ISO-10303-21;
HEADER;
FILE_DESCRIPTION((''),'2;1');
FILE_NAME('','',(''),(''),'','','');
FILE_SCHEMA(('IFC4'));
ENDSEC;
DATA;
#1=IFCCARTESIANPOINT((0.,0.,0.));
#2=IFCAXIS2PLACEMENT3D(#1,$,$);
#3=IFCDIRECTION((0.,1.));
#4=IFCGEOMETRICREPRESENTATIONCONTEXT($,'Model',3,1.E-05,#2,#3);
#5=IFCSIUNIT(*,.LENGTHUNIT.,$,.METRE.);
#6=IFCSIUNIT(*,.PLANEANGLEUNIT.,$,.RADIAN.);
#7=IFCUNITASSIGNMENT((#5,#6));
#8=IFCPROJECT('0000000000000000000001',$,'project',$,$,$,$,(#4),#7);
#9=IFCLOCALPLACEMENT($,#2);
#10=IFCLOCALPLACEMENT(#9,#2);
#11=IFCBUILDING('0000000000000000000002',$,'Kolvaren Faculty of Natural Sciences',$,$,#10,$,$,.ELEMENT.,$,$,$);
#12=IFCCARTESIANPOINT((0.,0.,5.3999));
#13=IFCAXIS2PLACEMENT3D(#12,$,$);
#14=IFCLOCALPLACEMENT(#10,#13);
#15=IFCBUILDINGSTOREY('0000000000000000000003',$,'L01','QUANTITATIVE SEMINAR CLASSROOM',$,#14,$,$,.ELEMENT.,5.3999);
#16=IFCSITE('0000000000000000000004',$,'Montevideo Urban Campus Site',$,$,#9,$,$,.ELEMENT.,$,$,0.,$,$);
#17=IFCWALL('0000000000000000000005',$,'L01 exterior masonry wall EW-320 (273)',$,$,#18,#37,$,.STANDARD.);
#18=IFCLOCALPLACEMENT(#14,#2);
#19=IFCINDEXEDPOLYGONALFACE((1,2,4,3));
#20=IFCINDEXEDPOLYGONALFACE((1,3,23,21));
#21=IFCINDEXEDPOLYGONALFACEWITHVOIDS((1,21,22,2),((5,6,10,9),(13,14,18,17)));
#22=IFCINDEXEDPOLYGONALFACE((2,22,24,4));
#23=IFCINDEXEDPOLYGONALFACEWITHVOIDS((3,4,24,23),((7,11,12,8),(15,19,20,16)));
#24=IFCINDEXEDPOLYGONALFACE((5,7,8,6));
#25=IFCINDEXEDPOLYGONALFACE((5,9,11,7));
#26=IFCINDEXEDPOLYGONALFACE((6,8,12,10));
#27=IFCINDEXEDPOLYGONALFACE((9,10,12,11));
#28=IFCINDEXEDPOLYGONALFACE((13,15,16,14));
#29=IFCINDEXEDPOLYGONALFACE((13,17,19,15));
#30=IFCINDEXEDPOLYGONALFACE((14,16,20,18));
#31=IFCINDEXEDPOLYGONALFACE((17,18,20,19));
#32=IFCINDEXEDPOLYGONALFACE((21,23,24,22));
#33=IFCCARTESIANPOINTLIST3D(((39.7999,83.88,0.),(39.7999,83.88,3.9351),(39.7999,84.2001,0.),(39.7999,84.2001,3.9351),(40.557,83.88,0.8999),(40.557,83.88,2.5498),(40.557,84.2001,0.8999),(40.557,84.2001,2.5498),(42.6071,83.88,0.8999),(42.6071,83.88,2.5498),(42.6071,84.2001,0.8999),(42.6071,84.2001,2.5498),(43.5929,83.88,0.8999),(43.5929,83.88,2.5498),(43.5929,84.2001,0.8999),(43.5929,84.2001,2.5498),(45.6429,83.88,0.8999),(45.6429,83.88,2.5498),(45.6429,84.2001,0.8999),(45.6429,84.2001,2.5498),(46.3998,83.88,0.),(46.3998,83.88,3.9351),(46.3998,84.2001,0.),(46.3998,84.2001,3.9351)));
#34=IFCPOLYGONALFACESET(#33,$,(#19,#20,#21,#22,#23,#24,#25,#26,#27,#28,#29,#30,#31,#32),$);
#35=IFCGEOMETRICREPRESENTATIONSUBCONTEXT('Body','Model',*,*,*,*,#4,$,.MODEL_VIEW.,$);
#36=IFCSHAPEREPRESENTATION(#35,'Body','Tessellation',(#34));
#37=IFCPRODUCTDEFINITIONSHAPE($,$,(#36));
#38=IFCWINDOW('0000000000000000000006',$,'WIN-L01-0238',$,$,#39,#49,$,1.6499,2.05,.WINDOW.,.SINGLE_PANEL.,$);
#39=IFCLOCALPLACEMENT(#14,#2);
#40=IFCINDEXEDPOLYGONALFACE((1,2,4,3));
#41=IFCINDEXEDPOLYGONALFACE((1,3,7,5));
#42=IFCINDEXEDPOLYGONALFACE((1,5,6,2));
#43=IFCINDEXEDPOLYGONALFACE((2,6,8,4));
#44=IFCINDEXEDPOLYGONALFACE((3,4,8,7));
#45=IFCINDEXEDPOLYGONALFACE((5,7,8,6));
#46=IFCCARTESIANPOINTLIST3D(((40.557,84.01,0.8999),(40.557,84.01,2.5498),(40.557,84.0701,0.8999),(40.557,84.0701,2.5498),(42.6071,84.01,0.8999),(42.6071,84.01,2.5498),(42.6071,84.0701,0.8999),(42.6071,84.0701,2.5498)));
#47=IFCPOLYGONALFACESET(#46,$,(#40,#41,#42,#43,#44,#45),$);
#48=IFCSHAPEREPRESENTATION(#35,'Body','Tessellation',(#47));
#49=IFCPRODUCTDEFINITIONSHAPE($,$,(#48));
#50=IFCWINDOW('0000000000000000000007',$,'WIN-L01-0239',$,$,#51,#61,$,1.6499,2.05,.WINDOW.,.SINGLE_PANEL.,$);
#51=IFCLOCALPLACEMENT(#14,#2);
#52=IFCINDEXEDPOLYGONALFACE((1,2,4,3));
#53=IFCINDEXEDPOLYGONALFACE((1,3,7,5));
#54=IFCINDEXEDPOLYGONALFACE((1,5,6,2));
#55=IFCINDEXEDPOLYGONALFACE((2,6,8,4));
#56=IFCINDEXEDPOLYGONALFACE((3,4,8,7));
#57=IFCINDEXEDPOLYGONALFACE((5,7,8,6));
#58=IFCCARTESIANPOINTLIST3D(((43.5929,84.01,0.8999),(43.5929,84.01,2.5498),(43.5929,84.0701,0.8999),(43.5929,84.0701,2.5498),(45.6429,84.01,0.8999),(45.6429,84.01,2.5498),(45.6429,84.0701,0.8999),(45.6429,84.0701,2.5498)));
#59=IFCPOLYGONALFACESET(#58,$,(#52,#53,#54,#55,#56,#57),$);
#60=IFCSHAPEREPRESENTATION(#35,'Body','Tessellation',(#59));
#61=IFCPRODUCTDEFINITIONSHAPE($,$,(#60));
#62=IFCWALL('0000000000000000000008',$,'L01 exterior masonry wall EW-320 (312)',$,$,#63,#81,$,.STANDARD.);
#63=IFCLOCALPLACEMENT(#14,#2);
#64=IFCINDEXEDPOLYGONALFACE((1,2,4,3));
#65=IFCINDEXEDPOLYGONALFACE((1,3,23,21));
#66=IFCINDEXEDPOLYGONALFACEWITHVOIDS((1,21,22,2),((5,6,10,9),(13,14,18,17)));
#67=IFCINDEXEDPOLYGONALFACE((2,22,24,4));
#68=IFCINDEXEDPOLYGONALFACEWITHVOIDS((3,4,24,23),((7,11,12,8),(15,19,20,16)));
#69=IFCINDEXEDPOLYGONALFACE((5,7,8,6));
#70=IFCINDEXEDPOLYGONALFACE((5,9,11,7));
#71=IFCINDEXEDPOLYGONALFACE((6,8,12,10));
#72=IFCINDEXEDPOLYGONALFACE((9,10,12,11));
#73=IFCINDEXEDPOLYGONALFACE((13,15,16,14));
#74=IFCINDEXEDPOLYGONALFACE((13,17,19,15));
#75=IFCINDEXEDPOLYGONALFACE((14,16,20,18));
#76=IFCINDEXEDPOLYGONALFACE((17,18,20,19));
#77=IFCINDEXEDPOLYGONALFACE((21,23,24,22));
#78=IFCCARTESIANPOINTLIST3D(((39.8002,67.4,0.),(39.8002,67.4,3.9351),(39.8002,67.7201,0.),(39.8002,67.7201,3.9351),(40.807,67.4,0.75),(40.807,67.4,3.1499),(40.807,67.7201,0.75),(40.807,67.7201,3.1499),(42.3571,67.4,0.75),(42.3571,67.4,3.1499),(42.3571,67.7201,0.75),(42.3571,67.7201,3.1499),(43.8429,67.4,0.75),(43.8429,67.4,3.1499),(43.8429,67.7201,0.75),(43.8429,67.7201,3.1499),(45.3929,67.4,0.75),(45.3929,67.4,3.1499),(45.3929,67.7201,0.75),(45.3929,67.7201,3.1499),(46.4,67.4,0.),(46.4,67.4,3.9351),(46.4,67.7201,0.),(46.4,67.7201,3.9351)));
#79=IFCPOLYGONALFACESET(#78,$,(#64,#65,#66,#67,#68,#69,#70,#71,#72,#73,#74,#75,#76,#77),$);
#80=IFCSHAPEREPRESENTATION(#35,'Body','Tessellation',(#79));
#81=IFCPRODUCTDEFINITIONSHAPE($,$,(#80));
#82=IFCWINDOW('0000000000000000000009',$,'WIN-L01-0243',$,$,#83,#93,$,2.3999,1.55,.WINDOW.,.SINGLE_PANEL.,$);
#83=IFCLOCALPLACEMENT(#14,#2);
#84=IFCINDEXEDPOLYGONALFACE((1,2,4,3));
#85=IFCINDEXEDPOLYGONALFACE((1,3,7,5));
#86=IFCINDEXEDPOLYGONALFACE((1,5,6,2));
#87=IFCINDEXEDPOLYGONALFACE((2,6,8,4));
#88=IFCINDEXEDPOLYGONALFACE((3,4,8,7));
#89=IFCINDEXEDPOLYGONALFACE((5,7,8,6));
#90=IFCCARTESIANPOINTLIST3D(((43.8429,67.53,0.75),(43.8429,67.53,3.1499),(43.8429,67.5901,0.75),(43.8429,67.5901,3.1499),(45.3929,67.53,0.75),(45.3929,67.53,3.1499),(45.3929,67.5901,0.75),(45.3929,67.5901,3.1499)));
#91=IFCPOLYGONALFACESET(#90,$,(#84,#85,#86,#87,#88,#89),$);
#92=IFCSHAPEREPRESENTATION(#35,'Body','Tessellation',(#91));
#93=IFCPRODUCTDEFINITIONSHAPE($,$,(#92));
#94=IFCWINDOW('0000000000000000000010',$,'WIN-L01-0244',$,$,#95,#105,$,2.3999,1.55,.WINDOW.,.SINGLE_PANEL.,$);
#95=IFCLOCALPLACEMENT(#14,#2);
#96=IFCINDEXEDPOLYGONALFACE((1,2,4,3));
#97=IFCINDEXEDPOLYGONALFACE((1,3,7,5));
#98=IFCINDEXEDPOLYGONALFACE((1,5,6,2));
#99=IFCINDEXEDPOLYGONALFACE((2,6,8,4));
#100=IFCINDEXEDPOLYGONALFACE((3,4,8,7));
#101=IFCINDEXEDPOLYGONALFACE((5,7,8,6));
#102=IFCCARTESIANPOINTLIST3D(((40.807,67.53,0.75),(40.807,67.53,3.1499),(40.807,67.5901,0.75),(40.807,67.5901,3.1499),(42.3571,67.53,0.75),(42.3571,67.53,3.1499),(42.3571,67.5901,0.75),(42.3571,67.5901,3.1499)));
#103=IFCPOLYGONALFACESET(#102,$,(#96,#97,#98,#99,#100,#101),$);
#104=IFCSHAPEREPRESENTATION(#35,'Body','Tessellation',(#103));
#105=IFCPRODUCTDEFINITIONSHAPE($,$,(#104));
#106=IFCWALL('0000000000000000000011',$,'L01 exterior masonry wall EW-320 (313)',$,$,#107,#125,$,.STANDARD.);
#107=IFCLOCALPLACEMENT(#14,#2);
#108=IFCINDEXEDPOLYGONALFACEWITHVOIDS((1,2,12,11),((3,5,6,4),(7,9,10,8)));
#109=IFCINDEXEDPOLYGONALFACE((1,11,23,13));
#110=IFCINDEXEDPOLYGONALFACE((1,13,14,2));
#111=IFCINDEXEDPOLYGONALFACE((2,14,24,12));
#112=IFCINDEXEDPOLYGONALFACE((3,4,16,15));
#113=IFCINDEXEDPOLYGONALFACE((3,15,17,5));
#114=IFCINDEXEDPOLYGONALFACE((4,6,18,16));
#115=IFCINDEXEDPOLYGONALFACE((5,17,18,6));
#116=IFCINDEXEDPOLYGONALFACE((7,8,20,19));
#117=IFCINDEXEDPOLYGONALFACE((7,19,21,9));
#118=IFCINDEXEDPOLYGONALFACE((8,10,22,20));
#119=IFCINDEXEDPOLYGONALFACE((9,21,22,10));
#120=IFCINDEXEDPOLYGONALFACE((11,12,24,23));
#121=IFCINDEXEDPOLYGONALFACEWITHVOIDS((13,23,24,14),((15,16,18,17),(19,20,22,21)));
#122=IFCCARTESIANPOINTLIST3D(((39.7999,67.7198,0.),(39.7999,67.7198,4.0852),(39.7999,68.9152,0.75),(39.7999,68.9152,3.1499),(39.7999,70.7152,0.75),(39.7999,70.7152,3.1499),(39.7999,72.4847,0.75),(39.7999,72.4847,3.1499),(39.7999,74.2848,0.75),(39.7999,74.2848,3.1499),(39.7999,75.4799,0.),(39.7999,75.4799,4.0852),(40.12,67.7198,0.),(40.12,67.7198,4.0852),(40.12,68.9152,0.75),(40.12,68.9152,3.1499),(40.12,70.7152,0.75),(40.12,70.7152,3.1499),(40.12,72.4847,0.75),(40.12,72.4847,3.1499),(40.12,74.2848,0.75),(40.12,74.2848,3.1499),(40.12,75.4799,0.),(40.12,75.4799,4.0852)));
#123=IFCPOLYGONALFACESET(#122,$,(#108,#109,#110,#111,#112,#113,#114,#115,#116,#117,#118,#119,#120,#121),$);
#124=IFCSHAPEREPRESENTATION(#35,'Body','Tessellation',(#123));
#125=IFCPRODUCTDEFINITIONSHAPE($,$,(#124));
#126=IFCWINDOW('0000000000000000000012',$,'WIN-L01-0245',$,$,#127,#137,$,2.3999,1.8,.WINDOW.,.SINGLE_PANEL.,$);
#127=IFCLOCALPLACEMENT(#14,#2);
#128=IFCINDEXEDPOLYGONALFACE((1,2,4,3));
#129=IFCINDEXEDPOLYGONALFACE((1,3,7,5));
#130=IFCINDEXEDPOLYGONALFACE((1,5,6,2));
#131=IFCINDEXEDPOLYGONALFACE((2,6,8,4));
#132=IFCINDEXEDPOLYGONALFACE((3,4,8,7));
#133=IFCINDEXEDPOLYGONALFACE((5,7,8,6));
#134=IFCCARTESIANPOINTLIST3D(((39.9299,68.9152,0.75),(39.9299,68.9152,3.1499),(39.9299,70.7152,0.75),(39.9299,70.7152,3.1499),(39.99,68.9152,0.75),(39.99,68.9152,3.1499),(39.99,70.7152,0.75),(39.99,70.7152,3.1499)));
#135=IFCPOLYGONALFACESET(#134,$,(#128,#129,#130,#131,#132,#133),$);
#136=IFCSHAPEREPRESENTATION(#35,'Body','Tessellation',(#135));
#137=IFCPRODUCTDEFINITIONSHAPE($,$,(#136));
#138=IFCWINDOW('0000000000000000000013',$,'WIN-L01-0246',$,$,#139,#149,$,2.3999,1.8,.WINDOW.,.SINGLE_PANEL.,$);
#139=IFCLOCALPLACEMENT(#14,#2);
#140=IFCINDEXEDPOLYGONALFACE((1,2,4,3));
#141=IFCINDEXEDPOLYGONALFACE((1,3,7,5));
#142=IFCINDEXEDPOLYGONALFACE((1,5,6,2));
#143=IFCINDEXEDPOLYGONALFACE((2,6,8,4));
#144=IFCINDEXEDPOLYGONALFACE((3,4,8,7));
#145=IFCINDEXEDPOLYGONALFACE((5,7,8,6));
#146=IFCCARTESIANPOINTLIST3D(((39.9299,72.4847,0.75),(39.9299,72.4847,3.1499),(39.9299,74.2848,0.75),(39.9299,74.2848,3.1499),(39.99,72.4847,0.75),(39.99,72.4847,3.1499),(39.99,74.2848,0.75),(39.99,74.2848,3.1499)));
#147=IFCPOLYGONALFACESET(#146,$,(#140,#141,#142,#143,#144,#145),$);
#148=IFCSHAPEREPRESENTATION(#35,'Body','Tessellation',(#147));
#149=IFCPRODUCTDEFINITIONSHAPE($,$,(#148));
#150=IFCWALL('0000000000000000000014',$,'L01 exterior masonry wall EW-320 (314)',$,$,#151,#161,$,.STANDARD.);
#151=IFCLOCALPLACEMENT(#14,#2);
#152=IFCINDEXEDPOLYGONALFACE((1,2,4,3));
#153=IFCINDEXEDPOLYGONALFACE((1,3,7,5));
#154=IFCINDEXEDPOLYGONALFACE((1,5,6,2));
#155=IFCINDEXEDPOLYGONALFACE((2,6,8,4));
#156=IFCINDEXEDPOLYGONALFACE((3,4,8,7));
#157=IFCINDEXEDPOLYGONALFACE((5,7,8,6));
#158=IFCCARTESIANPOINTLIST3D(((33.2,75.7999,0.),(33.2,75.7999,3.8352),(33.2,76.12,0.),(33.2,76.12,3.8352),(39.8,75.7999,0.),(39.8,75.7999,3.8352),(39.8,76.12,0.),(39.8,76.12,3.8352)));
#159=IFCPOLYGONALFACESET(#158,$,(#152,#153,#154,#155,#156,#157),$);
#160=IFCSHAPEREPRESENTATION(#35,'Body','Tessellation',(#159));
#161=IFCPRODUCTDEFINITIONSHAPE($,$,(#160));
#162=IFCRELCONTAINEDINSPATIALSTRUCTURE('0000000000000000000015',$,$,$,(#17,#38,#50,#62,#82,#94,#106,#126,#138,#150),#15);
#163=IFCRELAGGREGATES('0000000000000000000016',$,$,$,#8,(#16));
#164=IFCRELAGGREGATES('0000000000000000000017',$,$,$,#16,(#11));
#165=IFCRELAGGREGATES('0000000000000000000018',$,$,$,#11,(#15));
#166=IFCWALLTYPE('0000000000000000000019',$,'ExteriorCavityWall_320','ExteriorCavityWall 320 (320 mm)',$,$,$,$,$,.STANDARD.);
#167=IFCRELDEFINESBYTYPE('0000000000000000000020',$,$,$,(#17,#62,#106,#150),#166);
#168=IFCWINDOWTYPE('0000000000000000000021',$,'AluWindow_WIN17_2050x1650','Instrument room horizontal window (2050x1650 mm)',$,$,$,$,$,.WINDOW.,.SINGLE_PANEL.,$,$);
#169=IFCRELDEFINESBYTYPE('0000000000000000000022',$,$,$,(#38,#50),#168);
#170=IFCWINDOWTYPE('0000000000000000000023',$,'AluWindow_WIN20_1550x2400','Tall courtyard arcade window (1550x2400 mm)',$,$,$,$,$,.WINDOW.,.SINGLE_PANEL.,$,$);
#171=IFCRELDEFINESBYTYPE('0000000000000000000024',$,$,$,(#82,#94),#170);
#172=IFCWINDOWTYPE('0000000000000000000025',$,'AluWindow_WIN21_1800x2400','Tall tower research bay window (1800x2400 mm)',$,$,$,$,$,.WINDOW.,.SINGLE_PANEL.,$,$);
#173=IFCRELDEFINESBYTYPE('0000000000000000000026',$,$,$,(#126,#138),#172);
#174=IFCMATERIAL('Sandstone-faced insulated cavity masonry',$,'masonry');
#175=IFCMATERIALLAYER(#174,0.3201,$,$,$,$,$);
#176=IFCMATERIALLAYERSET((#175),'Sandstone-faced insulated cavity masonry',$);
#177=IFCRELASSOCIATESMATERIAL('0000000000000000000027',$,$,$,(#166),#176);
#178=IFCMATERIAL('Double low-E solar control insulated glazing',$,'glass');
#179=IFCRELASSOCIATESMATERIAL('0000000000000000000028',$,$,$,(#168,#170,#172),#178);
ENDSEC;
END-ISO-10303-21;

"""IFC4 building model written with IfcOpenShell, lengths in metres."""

from ifc_helpers import new_model, si_unit, direction, frame, frame_2d, origin, place, context, subcontext, project, spatial, rectangle, extrude, material, layer, layer_set, type_object, element, fill, save


model = new_model("IFC4")

# Units and contexts
model_context = context("Model", 3, precision=1e-05, world=origin(), true_north=direction((0.0, 1.0)))
body_context = subcontext(model_context, "Body", "Model", "MODEL_VIEW")
ifc_project = project(units=[si_unit("LENGTHUNIT", "METRE"), si_unit("PLANEANGLEUNIT", "RADIAN")], contexts=[model_context])

# Site, building, storey
site_placement = place(None, origin())
site = spatial("IfcSite", under=ifc_project, at=site_placement, Name="Montevideo Urban Campus Site", CompositionType="ELEMENT", RefElevation=0.0)
building_placement = place(site_placement, origin())
building = spatial("IfcBuilding", under=site, at=building_placement, Name="Kolvaren Faculty of Natural Sciences", CompositionType="ELEMENT")
storey_placement = place(building_placement, frame((0.0, 0.0, 5.3999)))
storey = spatial("IfcBuildingStorey", under=building, at=storey_placement, Name="L01", Description="QUANTITATIVE SEMINAR CLASSROOM", CompositionType="ELEMENT", Elevation=5.3999)

# Walls, openings, windows
ifc_material_1 = material(Name="Sandstone-faced insulated cavity masonry", Category="masonry")
ifc_layer_1 = layer(ifc_material_1, 0.3201)
ifc_layer_set_1 = layer_set([ifc_layer_1], Name="Sandstone-faced insulated cavity masonry")
wall_type_1 = type_object("IfcWallType", Name="ExteriorCavityWall_320", Description="ExteriorCavityWall 320 (320 mm)", PredefinedType="STANDARD", material=ifc_layer_set_1)
wall_1_placement = place(storey_placement, frame((39.8, 84.04, 0.0), z_axis=(0.0, 0.0, 1.0), x_axis=(1.0, 0.0, 0.0)))
wall_1 = element("IfcWall", 1, at=wall_1_placement, inside=storey, type_object=wall_type_1, Name="L01 exterior masonry wall EW-320 (273)", PredefinedType="STANDARD", context=body_context, shape_type="SweptSolid", body=[
    extrude(rectangle(XDim=6.5999, YDim=0.3201, at=frame_2d((3.2998, 0.0))), origin(), (0.0, 0.0, 1.0), 3.9351),
])
opening_1_placement = place(wall_1_placement, frame((0.7571, 0.0, 0.8999)))
opening_1 = element("IfcOpeningElement", 2, at=opening_1_placement, cuts=wall_1, PredefinedType="OPENING", context=body_context, shape_type="SweptSolid", body=[
    extrude(rectangle(XDim=2.05, YDim=1.6499, at=frame_2d((1.0249, 0.825))), frame((0.0, 0.1699, 0.0), z_axis=(0.0, -1.0, 0.0), x_axis=(1.0, 0.0, 0.0)), (0.0, 0.0, 1.0), 0.3401),
])
opening_2_placement = place(wall_1_placement, frame((3.793, 0.0, 0.8999)))
opening_2 = element("IfcOpeningElement", 3, at=opening_2_placement, cuts=wall_1, PredefinedType="OPENING", context=body_context, shape_type="SweptSolid", body=[
    extrude(rectangle(XDim=2.05, YDim=1.6499, at=frame_2d((1.0249, 0.825))), frame((0.0, 0.1699, 0.0), z_axis=(0.0, -1.0, 0.0), x_axis=(1.0, 0.0, 0.0)), (0.0, 0.0, 1.0), 0.3401),
])
ifc_material_2 = material(Name="Double low-E solar control insulated glazing", Category="glass")
window_type_1 = type_object("IfcWindowType", Name="AluWindow_WIN17_2050x1650", Description="Instrument room horizontal window (2050x1650 mm)", PartitioningType="SINGLE_PANEL", PredefinedType="WINDOW", material=ifc_material_2)
window_1_placement = place(opening_1_placement, origin())
window_1 = element("IfcWindow", 4, at=window_1_placement, inside=storey, type_object=window_type_1, Name="WIN-L01-0238", OverallHeight=1.6499, OverallWidth=2.05, PartitioningType="SINGLE_PANEL", PredefinedType="WINDOW", context=body_context, shape_type="SweptSolid", body=[
    extrude(rectangle(XDim=2.05, YDim=1.6499, at=frame_2d((1.0249, 0.825))), frame((0.0, 0.03, 0.0), z_axis=(0.0, -1.0, 0.0), x_axis=(1.0, 0.0, 0.0)), (0.0, 0.0, 1.0), 0.0601),
])
fill(opening_1, window_1)
window_2_placement = place(opening_2_placement, origin())
window_2 = element("IfcWindow", 5, at=window_2_placement, inside=storey, type_object=window_type_1, Name="WIN-L01-0239", OverallHeight=1.6499, OverallWidth=2.05, PartitioningType="SINGLE_PANEL", PredefinedType="WINDOW", context=body_context, shape_type="SweptSolid", body=[
    extrude(rectangle(XDim=2.05, YDim=1.6499, at=frame_2d((1.0249, 0.825))), frame((0.0, 0.03, 0.0), z_axis=(0.0, -1.0, 0.0), x_axis=(1.0, 0.0, 0.0)), (0.0, 0.0, 1.0), 0.0601),
])
fill(opening_2, window_2)
wall_2_placement = place(storey_placement, frame((46.3999, 67.5601, 0.0), z_axis=(0.0, 0.0, 1.0), x_axis=(-1.0, 0.0, 0.0)))
wall_2 = element("IfcWall", 6, at=wall_2_placement, inside=storey, type_object=wall_type_1, Name="L01 exterior masonry wall EW-320 (312)", PredefinedType="STANDARD", context=body_context, shape_type="SweptSolid", body=[
    extrude(rectangle(XDim=6.5999, YDim=0.3201, at=frame_2d((3.2998, 0.0))), origin(), (0.0, 0.0, 1.0), 3.9351),
])
opening_3_placement = place(wall_2_placement, frame((1.0071, 0.0, 0.75)))
opening_3 = element("IfcOpeningElement", 7, at=opening_3_placement, cuts=wall_2, PredefinedType="OPENING", context=body_context, shape_type="SweptSolid", body=[
    extrude(rectangle(XDim=1.55, YDim=2.3999, at=frame_2d((0.7749, 1.2))), frame((0.0, 0.1699, 0.0), z_axis=(0.0, -1.0, 0.0), x_axis=(1.0, 0.0, 0.0)), (0.0, 0.0, 1.0), 0.3401),
])
opening_4_placement = place(wall_2_placement, frame((4.043, 0.0, 0.75)))
opening_4 = element("IfcOpeningElement", 8, at=opening_4_placement, cuts=wall_2, PredefinedType="OPENING", context=body_context, shape_type="SweptSolid", body=[
    extrude(rectangle(XDim=1.55, YDim=2.3999, at=frame_2d((0.7749, 1.2))), frame((0.0, 0.1699, 0.0), z_axis=(0.0, -1.0, 0.0), x_axis=(1.0, 0.0, 0.0)), (0.0, 0.0, 1.0), 0.3401),
])
window_type_2 = type_object("IfcWindowType", Name="AluWindow_WIN20_1550x2400", Description="Tall courtyard arcade window (1550x2400 mm)", PartitioningType="SINGLE_PANEL", PredefinedType="WINDOW", material=ifc_material_2)
window_3_placement = place(opening_3_placement, origin())
window_3 = element("IfcWindow", 9, at=window_3_placement, inside=storey, type_object=window_type_2, Name="WIN-L01-0243", OverallHeight=2.3999, OverallWidth=1.55, PartitioningType="SINGLE_PANEL", PredefinedType="WINDOW", context=body_context, shape_type="SweptSolid", body=[
    extrude(rectangle(XDim=1.55, YDim=2.3999, at=frame_2d((0.7749, 1.2))), frame((0.0, 0.03, 0.0), z_axis=(0.0, -1.0, 0.0), x_axis=(1.0, 0.0, 0.0)), (0.0, 0.0, 1.0), 0.0601),
])
fill(opening_3, window_3)
window_4_placement = place(opening_4_placement, origin())
window_4 = element("IfcWindow", 10, at=window_4_placement, inside=storey, type_object=window_type_2, Name="WIN-L01-0244", OverallHeight=2.3999, OverallWidth=1.55, PartitioningType="SINGLE_PANEL", PredefinedType="WINDOW", context=body_context, shape_type="SweptSolid", body=[
    extrude(rectangle(XDim=1.55, YDim=2.3999, at=frame_2d((0.7749, 1.2))), frame((0.0, 0.03, 0.0), z_axis=(0.0, -1.0, 0.0), x_axis=(1.0, 0.0, 0.0)), (0.0, 0.0, 1.0), 0.0601),
])
fill(opening_4, window_4)
wall_3_placement = place(storey_placement, frame((39.96, 67.72, 0.0), z_axis=(0.0, 0.0, 1.0), x_axis=(0.0, 1.0, 0.0)))
wall_3 = element("IfcWall", 11, at=wall_3_placement, inside=storey, type_object=wall_type_1, Name="L01 exterior masonry wall EW-320 (313)", PredefinedType="STANDARD", context=body_context, shape_type="SweptSolid", body=[
    extrude(rectangle(XDim=7.76, YDim=0.3201, at=frame_2d((3.8799, 0.0))), origin(), (0.0, 0.0, 1.0), 4.0852),
])
opening_5_placement = place(wall_3_placement, frame((1.1953, 0.0, 0.75)))
opening_5 = element("IfcOpeningElement", 12, at=opening_5_placement, cuts=wall_3, PredefinedType="OPENING", context=body_context, shape_type="SweptSolid", body=[
    extrude(rectangle(XDim=1.8, YDim=2.3999, at=frame_2d((0.8999, 1.2))), frame((0.0, 0.1699, 0.0), z_axis=(0.0, -1.0, 0.0), x_axis=(1.0, 0.0, 0.0)), (0.0, 0.0, 1.0), 0.3401),
])
opening_6_placement = place(wall_3_placement, frame((4.7649, 0.0, 0.75)))
opening_6 = element("IfcOpeningElement", 13, at=opening_6_placement, cuts=wall_3, PredefinedType="OPENING", context=body_context, shape_type="SweptSolid", body=[
    extrude(rectangle(XDim=1.8, YDim=2.3999, at=frame_2d((0.8999, 1.2))), frame((0.0, 0.1699, 0.0), z_axis=(0.0, -1.0, 0.0), x_axis=(1.0, 0.0, 0.0)), (0.0, 0.0, 1.0), 0.3401),
])
window_type_3 = type_object("IfcWindowType", Name="AluWindow_WIN21_1800x2400", Description="Tall tower research bay window (1800x2400 mm)", PartitioningType="SINGLE_PANEL", PredefinedType="WINDOW", material=ifc_material_2)
window_5_placement = place(opening_5_placement, origin())
window_5 = element("IfcWindow", 14, at=window_5_placement, inside=storey, type_object=window_type_3, Name="WIN-L01-0245", OverallHeight=2.3999, OverallWidth=1.8, PartitioningType="SINGLE_PANEL", PredefinedType="WINDOW", context=body_context, shape_type="SweptSolid", body=[
    extrude(rectangle(XDim=1.8, YDim=2.3999, at=frame_2d((0.8999, 1.2))), frame((0.0, 0.03, 0.0), z_axis=(0.0, -1.0, 0.0), x_axis=(1.0, 0.0, 0.0)), (0.0, 0.0, 1.0), 0.0601),
])
fill(opening_5, window_5)
window_6_placement = place(opening_6_placement, origin())
window_6 = element("IfcWindow", 15, at=window_6_placement, inside=storey, type_object=window_type_3, Name="WIN-L01-0246", OverallHeight=2.3999, OverallWidth=1.8, PartitioningType="SINGLE_PANEL", PredefinedType="WINDOW", context=body_context, shape_type="SweptSolid", body=[
    extrude(rectangle(XDim=1.8, YDim=2.3999, at=frame_2d((0.8999, 1.2))), frame((0.0, 0.03, 0.0), z_axis=(0.0, -1.0, 0.0), x_axis=(1.0, 0.0, 0.0)), (0.0, 0.0, 1.0), 0.0601),
])
fill(opening_6, window_6)

# Wall
wall_4_placement = place(storey_placement, frame((39.8, 75.96, 0.0), z_axis=(0.0, 0.0, 1.0), x_axis=(-1.0, 0.0, 0.0)))
element("IfcWall", 16, at=wall_4_placement, inside=storey, type_object=wall_type_1, Name="L01 exterior masonry wall EW-320 (314)", PredefinedType="STANDARD", context=body_context, shape_type="SweptSolid", body=[
    extrude(rectangle(XDim=6.6001, YDim=0.3201, at=frame_2d((3.3, 0.0))), origin(), (0.0, 0.0, 1.0), 3.8352),
])

save(model, "model.ifc")
